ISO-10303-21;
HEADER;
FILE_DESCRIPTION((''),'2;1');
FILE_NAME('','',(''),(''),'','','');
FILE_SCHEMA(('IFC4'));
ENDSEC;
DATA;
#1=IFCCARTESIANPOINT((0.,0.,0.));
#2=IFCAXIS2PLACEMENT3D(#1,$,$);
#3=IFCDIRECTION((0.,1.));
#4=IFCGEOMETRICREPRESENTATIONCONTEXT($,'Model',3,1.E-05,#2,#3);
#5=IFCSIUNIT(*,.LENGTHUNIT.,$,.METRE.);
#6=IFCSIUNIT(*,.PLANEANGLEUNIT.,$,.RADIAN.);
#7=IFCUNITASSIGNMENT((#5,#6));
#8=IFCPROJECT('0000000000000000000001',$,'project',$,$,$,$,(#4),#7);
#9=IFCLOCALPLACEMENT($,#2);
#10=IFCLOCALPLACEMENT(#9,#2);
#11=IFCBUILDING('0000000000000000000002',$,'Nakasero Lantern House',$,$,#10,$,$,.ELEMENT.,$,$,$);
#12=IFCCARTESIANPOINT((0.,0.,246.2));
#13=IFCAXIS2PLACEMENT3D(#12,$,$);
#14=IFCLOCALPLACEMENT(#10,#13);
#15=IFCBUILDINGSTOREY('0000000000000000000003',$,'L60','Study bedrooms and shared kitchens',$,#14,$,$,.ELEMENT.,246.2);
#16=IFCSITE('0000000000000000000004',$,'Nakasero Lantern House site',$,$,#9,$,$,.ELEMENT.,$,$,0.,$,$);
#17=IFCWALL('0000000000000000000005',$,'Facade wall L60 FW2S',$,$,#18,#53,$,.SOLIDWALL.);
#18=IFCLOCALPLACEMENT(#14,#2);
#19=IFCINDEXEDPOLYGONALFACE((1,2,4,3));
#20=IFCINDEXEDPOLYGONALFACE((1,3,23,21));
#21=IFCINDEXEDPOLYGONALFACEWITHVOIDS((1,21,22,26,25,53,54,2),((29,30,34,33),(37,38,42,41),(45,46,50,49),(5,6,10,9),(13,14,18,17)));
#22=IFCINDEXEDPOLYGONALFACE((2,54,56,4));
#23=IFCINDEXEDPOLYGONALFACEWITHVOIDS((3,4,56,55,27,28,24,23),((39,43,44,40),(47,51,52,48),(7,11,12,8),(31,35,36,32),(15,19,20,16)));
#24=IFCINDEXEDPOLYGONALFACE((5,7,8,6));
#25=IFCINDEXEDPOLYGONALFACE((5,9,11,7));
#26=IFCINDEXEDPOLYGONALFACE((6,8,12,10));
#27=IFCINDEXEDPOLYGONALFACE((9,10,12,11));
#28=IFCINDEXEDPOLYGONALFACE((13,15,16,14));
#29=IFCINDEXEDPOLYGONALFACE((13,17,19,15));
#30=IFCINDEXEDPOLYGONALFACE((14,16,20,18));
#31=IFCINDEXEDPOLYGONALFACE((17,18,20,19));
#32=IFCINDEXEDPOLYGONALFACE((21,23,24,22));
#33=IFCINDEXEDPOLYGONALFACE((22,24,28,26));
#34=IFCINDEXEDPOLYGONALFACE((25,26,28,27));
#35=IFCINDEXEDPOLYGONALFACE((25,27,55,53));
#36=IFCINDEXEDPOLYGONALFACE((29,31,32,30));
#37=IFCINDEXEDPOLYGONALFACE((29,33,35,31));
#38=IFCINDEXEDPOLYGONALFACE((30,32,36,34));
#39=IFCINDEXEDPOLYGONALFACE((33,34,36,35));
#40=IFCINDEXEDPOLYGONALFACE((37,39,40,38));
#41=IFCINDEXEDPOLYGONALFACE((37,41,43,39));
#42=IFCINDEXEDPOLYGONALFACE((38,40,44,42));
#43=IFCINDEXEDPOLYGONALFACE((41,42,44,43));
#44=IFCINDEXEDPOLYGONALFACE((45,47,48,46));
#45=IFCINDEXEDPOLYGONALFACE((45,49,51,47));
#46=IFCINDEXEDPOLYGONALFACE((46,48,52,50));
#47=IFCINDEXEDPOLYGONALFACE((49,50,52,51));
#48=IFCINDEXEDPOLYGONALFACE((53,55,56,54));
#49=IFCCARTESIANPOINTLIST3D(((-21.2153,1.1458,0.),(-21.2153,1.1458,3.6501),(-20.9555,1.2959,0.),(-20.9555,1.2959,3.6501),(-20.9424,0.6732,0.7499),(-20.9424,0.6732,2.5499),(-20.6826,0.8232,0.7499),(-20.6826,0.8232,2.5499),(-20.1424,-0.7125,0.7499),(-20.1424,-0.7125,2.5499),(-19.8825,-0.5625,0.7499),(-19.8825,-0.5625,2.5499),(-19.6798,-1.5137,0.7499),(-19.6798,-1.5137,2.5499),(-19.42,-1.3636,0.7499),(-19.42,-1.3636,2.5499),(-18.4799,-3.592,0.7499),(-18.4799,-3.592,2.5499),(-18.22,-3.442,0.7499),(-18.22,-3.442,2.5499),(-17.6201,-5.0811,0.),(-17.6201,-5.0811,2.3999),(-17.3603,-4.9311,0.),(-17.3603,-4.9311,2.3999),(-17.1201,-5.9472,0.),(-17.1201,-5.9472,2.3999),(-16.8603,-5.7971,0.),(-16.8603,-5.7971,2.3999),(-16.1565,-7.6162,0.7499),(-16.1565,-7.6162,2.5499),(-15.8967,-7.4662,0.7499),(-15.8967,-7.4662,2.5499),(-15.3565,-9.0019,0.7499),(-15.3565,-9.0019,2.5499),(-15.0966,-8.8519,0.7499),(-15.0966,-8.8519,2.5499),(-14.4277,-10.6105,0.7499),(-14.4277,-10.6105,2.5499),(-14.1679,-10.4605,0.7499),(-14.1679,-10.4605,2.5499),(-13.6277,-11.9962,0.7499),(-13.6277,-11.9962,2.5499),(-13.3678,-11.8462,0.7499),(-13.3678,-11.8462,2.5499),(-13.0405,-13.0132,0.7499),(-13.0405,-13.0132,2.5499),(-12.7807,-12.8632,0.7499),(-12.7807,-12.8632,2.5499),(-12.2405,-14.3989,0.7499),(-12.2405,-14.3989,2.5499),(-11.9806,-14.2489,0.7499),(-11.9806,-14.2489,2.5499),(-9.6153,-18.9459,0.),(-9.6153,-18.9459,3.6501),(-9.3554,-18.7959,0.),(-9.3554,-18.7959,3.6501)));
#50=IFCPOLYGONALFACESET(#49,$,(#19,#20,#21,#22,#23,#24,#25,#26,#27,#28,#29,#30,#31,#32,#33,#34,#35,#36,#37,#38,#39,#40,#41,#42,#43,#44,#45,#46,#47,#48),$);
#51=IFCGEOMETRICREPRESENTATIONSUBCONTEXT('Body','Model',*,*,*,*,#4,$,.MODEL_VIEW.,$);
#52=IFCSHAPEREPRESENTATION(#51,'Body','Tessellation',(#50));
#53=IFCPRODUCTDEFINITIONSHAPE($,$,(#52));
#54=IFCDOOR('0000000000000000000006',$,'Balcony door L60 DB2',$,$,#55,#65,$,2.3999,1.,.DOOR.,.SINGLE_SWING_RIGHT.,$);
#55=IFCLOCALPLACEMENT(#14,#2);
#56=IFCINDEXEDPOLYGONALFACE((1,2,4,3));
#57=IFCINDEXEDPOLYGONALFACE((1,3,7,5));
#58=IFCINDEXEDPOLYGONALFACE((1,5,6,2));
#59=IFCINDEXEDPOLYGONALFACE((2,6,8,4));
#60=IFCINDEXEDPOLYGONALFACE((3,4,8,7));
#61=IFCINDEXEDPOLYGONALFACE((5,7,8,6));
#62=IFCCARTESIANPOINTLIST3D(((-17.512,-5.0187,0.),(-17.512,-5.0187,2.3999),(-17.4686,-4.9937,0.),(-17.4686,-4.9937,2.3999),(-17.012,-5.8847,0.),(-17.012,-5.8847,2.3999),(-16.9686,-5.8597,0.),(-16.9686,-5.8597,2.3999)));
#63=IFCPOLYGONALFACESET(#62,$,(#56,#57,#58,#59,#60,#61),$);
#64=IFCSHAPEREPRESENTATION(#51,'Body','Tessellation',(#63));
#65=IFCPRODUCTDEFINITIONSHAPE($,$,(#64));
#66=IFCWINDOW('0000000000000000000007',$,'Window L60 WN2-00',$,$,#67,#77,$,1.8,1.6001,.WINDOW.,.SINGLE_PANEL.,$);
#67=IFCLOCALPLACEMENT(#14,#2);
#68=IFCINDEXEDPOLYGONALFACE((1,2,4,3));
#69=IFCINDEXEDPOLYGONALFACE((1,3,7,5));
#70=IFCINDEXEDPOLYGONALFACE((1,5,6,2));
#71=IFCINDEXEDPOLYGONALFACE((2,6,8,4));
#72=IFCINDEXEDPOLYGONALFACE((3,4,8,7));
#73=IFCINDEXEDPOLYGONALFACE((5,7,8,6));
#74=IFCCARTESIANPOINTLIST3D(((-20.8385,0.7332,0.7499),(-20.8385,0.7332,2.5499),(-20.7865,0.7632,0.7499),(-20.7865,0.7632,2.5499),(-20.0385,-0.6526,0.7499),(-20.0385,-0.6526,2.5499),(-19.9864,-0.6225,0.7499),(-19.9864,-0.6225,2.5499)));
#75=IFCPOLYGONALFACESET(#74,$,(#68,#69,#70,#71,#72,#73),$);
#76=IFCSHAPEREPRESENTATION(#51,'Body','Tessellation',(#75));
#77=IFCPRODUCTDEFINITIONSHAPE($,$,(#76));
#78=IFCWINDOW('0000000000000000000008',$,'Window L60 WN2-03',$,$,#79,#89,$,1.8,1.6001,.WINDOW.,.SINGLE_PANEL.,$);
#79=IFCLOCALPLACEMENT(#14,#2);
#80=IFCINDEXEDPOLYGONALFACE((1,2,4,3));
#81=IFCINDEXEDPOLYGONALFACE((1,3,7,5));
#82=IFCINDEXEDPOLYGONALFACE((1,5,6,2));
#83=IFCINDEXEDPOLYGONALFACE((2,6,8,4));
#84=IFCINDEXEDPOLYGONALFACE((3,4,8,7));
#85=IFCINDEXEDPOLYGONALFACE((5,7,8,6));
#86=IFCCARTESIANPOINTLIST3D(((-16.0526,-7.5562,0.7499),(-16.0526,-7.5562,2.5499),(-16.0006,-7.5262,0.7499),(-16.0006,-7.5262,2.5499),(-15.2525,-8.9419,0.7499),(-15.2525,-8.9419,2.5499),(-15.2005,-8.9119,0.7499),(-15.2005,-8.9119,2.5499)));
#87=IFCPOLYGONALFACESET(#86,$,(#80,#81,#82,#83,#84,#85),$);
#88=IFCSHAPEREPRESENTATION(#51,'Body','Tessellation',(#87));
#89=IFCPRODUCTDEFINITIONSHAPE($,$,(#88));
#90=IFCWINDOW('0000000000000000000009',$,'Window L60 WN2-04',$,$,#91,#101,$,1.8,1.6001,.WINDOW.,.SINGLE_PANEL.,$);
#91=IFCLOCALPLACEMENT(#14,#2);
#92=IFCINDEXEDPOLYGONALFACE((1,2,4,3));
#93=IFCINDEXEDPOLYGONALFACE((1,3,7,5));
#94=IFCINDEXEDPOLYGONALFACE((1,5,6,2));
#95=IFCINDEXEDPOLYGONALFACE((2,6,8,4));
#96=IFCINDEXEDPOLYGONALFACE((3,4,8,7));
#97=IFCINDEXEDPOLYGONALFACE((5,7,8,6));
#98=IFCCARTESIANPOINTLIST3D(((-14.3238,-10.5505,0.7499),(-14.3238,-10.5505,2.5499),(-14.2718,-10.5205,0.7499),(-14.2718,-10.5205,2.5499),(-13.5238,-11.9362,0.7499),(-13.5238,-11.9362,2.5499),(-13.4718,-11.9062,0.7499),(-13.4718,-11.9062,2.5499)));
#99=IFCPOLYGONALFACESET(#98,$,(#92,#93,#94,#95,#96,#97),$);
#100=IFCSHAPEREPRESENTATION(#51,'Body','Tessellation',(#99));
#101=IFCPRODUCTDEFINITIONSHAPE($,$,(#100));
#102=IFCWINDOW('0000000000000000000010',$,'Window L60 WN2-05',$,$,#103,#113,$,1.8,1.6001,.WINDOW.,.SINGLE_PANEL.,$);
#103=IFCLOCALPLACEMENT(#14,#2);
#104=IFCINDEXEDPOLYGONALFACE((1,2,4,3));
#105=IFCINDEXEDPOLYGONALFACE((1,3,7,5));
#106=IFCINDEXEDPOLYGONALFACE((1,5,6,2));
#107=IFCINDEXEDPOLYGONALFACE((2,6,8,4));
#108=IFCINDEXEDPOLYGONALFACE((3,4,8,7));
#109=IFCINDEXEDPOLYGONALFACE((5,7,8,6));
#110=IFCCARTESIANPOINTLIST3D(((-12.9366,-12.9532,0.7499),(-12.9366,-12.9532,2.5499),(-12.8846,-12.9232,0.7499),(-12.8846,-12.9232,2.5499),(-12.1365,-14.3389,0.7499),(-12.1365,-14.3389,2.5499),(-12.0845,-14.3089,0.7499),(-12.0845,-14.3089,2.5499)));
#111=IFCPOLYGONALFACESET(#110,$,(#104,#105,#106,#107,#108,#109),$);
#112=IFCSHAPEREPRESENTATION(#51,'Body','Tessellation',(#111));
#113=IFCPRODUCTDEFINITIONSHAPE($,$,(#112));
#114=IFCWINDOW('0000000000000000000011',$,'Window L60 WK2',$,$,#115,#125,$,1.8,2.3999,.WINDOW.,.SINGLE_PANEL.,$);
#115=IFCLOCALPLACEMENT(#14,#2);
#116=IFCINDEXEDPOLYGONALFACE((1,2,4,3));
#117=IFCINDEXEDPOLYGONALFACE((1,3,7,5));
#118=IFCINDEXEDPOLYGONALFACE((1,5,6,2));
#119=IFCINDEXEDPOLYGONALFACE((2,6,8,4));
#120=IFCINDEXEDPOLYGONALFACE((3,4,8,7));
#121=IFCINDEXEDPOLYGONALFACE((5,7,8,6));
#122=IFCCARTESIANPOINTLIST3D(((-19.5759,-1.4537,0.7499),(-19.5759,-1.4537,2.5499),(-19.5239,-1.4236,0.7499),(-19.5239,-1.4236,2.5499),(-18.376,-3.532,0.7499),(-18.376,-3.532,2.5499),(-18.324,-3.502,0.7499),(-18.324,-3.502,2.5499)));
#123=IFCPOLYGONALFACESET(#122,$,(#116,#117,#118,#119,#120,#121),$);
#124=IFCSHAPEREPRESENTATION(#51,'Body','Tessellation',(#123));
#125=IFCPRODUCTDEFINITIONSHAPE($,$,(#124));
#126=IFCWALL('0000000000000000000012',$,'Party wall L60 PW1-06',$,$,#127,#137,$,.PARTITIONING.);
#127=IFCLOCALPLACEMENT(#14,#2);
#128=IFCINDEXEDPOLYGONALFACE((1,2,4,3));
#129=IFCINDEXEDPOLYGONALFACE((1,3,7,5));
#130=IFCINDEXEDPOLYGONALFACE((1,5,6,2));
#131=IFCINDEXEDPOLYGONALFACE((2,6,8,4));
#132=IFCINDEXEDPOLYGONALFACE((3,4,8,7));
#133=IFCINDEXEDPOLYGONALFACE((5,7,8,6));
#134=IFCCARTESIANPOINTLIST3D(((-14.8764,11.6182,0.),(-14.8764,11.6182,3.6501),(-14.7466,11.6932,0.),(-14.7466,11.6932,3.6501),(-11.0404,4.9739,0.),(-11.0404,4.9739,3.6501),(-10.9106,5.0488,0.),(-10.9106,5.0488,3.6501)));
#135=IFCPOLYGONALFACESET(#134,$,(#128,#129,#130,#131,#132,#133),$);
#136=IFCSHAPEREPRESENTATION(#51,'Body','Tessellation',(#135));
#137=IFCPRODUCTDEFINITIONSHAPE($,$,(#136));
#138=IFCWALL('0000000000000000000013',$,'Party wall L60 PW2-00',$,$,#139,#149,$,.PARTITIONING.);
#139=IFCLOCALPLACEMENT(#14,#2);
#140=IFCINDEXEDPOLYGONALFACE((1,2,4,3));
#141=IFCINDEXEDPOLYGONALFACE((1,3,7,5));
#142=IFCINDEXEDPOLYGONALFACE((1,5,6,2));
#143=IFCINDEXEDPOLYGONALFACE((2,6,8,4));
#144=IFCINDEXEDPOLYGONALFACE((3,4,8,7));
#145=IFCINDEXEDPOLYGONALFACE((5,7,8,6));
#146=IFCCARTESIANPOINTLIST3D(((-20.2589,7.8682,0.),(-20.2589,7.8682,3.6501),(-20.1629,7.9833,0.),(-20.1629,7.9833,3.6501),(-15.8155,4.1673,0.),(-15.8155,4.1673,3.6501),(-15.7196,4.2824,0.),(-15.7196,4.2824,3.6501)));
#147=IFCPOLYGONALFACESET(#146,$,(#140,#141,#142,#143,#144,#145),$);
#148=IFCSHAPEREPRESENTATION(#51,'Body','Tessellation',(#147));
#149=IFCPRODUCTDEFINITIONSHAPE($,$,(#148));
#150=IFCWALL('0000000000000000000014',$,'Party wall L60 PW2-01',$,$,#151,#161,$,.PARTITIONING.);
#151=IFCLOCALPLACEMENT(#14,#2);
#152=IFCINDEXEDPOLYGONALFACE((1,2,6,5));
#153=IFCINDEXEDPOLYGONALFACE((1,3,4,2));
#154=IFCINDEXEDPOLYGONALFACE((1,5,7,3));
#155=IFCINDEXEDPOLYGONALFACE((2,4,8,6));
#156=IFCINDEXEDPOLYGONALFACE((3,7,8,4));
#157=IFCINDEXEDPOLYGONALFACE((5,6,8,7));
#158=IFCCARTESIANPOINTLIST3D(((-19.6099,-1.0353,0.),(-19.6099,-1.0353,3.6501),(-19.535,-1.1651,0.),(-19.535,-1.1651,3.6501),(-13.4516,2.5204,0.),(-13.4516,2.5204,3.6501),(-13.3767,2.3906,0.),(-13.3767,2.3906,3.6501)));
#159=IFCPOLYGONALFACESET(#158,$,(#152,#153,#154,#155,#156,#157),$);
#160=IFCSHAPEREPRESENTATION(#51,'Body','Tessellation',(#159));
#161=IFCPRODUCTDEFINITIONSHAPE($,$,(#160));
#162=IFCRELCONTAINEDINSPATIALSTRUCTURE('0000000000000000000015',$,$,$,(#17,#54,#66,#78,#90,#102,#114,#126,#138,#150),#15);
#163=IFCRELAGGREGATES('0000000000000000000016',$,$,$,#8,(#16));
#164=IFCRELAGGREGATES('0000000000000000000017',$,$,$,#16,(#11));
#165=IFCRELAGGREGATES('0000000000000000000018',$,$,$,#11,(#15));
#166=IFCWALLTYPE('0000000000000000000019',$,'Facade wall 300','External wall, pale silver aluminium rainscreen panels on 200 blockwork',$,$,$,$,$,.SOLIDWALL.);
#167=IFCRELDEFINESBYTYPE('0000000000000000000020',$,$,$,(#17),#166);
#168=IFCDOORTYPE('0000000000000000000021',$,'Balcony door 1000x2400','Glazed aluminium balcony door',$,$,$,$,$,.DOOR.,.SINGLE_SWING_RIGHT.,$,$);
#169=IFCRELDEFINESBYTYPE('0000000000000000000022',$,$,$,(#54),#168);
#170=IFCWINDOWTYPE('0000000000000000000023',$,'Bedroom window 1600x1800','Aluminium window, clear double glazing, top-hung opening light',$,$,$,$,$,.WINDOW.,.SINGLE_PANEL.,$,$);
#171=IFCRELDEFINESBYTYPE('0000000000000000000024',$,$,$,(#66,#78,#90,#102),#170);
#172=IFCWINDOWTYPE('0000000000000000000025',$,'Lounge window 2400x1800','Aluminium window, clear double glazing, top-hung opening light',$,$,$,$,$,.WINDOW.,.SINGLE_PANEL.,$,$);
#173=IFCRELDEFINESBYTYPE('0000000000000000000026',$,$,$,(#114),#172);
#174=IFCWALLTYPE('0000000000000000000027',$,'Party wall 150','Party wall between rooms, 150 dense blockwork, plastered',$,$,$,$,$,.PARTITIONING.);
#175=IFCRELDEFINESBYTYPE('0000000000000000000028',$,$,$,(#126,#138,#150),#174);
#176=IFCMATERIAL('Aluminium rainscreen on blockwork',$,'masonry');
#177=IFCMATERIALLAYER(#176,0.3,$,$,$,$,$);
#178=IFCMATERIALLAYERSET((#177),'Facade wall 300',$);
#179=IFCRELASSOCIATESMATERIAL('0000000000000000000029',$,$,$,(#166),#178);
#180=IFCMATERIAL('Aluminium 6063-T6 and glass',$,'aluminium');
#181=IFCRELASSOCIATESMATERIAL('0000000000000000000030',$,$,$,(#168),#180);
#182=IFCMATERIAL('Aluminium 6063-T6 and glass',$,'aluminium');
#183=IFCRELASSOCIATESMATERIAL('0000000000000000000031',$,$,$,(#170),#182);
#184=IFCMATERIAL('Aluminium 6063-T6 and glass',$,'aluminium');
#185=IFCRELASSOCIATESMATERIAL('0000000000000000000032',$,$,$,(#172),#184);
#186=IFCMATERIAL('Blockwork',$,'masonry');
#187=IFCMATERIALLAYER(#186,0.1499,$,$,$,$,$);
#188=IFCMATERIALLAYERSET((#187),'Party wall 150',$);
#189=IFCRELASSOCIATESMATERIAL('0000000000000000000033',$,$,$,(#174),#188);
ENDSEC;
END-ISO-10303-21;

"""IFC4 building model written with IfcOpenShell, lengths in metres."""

from ifc_helpers import new_model, si_unit, direction, frame, frame_2d, origin, place, context, subcontext, project, spatial, rectangle, extrude, material, layer, layer_set, type_object, element, fill, save


model = new_model("IFC4")

# Units and contexts
model_context = context("Model", 3, precision=1e-05, world=origin(), true_north=direction((0.0, 1.0)))
body_context = subcontext(model_context, "Body", "Model", "MODEL_VIEW")
ifc_project = project(units=[si_unit("LENGTHUNIT", "METRE"), si_unit("PLANEANGLEUNIT", "RADIAN")], contexts=[model_context])

# Site, building, storey
site_placement = place(None, origin())
site = spatial("IfcSite", under=ifc_project, at=site_placement, Name="Nakasero Lantern House site", CompositionType="ELEMENT", RefElevation=0.0)
building_placement = place(site_placement, origin())
building = spatial("IfcBuilding", under=site, at=building_placement, Name="Nakasero Lantern House", CompositionType="ELEMENT")
storey_placement = place(building_placement, frame((0.0, 0.0, 246.2)))
storey = spatial("IfcBuildingStorey", under=building, at=storey_placement, Name="L60", Description="Study bedrooms and shared kitchens", CompositionType="ELEMENT", Elevation=246.2)

# Shared definitions
ifc_material_1 = material(Name="Aluminium rainscreen on blockwork", Category="masonry")
ifc_layer_1 = layer(ifc_material_1, 0.3)
ifc_layer_set_1 = layer_set([ifc_layer_1], Name="Facade wall 300")
wall_type_1 = type_object("IfcWallType", Name="Facade wall 300", Description="External wall, pale silver aluminium rainscreen panels on 200 blockwork", PredefinedType="SOLIDWALL", material=ifc_layer_set_1)

# Wall, openings, door, windows
wall_1_placement = place(storey_placement, frame((-21.0854, 1.2209, 0.0), z_axis=(0.0, 0.0, 1.0), x_axis=(0.500003, -0.866024, 0.0)))
wall_1 = element("IfcWall", 1, at=wall_1_placement, inside=storey, type_object=wall_type_1, Name="Facade wall L60 FW2S", PredefinedType="SOLIDWALL", context=body_context, shape_type="SweptSolid", body=[
    extrude(rectangle(XDim=23.2, YDim=0.3, at=frame_2d((11.6001, 0.0))), origin(), (0.0, 0.0, 1.0), 3.6501),
])
opening_1_placement = place(wall_1_placement, frame((0.5459, 0.0, 0.75)))
opening_1 = element("IfcOpeningElement", 2, at=opening_1_placement, cuts=wall_1, PredefinedType="OPENING", context=body_context, shape_type="SweptSolid", body=[
    extrude(rectangle(XDim=1.6001, YDim=1.8, at=frame_2d((0.8, 0.8999))), frame((0.0, 0.1699, 0.0), z_axis=(0.0, -1.0, 0.0), x_axis=(1.0, 0.0, 0.0)), (0.0, 0.0, 1.0), 0.3401),
])
opening_2_placement = place(wall_1_placement, frame((10.1177, 0.0, 0.75)))
opening_2 = element("IfcOpeningElement", 3, at=opening_2_placement, cuts=wall_1, PredefinedType="OPENING", context=body_context, shape_type="SweptSolid", body=[
    extrude(rectangle(XDim=1.6001, YDim=1.8, at=frame_2d((0.8, 0.8999))), frame((0.0, 0.1699, 0.0), z_axis=(0.0, -1.0, 0.0), x_axis=(1.0, 0.0, 0.0)), (0.0, 0.0, 1.0), 0.3401),
])
opening_3_placement = place(wall_1_placement, frame((13.5752, 0.0, 0.75)))
opening_3 = element("IfcOpeningElement", 4, at=opening_3_placement, cuts=wall_1, PredefinedType="OPENING", context=body_context, shape_type="SweptSolid", body=[
    extrude(rectangle(XDim=1.6001, YDim=1.8, at=frame_2d((0.8, 0.8999))), frame((0.0, 0.1699, 0.0), z_axis=(0.0, -1.0, 0.0), x_axis=(1.0, 0.0, 0.0)), (0.0, 0.0, 1.0), 0.3401),
])
opening_4_placement = place(wall_1_placement, frame((16.3496, 0.0, 0.75)))
opening_4 = element("IfcOpeningElement", 5, at=opening_4_placement, cuts=wall_1, PredefinedType="OPENING", context=body_context, shape_type="SweptSolid", body=[
    extrude(rectangle(XDim=1.6001, YDim=1.8, at=frame_2d((0.8, 0.8999))), frame((0.0, 0.1699, 0.0), z_axis=(0.0, -1.0, 0.0), x_axis=(1.0, 0.0, 0.0)), (0.0, 0.0, 1.0), 0.3401),
])
opening_5_placement = place(wall_1_placement, frame((3.071, 0.0, 0.75)))
opening_5 = element("IfcOpeningElement", 6, at=opening_5_placement, cuts=wall_1, PredefinedType="OPENING", context=body_context, shape_type="SweptSolid", body=[
    extrude(rectangle(XDim=2.3999, YDim=1.8, at=frame_2d((1.2, 0.8999))), frame((0.0, 0.1699, 0.0), z_axis=(0.0, -1.0, 0.0), x_axis=(1.0, 0.0, 0.0)), (0.0, 0.0, 1.0), 0.3401),
])
opening_6_placement = place(wall_1_placement, frame((7.1904, 0.0, 0.0)))
opening_6 = element("IfcOpeningElement", 7, at=opening_6_placement, cuts=wall_1, PredefinedType="OPENING", context=body_context, shape_type="SweptSolid", body=[
    extrude(rectangle(XDim=1.0, YDim=2.3999, at=frame_2d((0.5, 1.2))), frame((0.0, 0.1699, 0.0), z_axis=(0.0, -1.0, 0.0), x_axis=(1.0, 0.0, 0.0)), (0.0, 0.0, 1.0), 0.3401),
])
ifc_material_2 = material(Name="Aluminium 6063-T6 and glass", Category="aluminium")
door_type_1 = type_object("IfcDoorType", Name="Balcony door 1000x2400", Description="Glazed aluminium balcony door", OperationType="SINGLE_SWING_RIGHT", PredefinedType="DOOR", material=ifc_material_2)
door_1_placement = place(opening_6_placement, origin())
door_1 = element("IfcDoor", 8, at=door_1_placement, inside=storey, type_object=door_type_1, Name="Balcony door L60 DB2", OperationType="SINGLE_SWING_RIGHT", OverallHeight=2.3999, OverallWidth=1.0, PredefinedType="DOOR", context=body_context, shape_type="SweptSolid", body=[
    extrude(rectangle(XDim=1.0, YDim=2.3999, at=frame_2d((0.5, 1.2))), frame((0.0, 0.0249, 0.0), z_axis=(0.0, -1.0, 0.0), x_axis=(1.0, 0.0, 0.0)), (0.0, 0.0, 1.0), 0.05),
])
fill(opening_6, door_1)
ifc_material_3 = material(Name="Aluminium 6063-T6 and glass", Category="aluminium")
window_type_1 = type_object("IfcWindowType", Name="Bedroom window 1600x1800", Description="Aluminium window, clear double glazing, top-hung opening light", PartitioningType="SINGLE_PANEL", PredefinedType="WINDOW", material=ifc_material_3)
window_1_placement = place(opening_1_placement, origin())
window_1 = element("IfcWindow", 9, at=window_1_placement, inside=storey, type_object=window_type_1, Name="Window L60 WN2-00", OverallHeight=1.8, OverallWidth=1.6001, PartitioningType="SINGLE_PANEL", PredefinedType="WINDOW", context=body_context, shape_type="SweptSolid", body=[
    extrude(rectangle(XDim=1.6001, YDim=1.8, at=frame_2d((0.8, 0.8999))), frame((0.0, 0.03, 0.0), z_axis=(0.0, -1.0, 0.0), x_axis=(1.0, 0.0, 0.0)), (0.0, 0.0, 1.0), 0.0601),
])
fill(opening_1, window_1)
window_2_placement = place(opening_2_placement, origin())
window_2 = element("IfcWindow", 10, at=window_2_placement, inside=storey, type_object=window_type_1, Name="Window L60 WN2-03", OverallHeight=1.8, OverallWidth=1.6001, PartitioningType="SINGLE_PANEL", PredefinedType="WINDOW", context=body_context, shape_type="SweptSolid", body=[
    extrude(rectangle(XDim=1.6001, YDim=1.8, at=frame_2d((0.8, 0.8999))), frame((0.0, 0.03, 0.0), z_axis=(0.0, -1.0, 0.0), x_axis=(1.0, 0.0, 0.0)), (0.0, 0.0, 1.0), 0.0601),
])
fill(opening_2, window_2)
window_3_placement = place(opening_3_placement, origin())
window_3 = element("IfcWindow", 11, at=window_3_placement, inside=storey, type_object=window_type_1, Name="Window L60 WN2-04", OverallHeight=1.8, OverallWidth=1.6001, PartitioningType="SINGLE_PANEL", PredefinedType="WINDOW", context=body_context, shape_type="SweptSolid", body=[
    extrude(rectangle(XDim=1.6001, YDim=1.8, at=frame_2d((0.8, 0.8999))), frame((0.0, 0.03, 0.0), z_axis=(0.0, -1.0, 0.0), x_axis=(1.0, 0.0, 0.0)), (0.0, 0.0, 1.0), 0.0601),
])
fill(opening_3, window_3)
window_4_placement = place(opening_4_placement, origin())
window_4 = element("IfcWindow", 12, at=window_4_placement, inside=storey, type_object=window_type_1, Name="Window L60 WN2-05", OverallHeight=1.8, OverallWidth=1.6001, PartitioningType="SINGLE_PANEL", PredefinedType="WINDOW", context=body_context, shape_type="SweptSolid", body=[
    extrude(rectangle(XDim=1.6001, YDim=1.8, at=frame_2d((0.8, 0.8999))), frame((0.0, 0.03, 0.0), z_axis=(0.0, -1.0, 0.0), x_axis=(1.0, 0.0, 0.0)), (0.0, 0.0, 1.0), 0.0601),
])
fill(opening_4, window_4)
ifc_material_4 = material(Name="Aluminium 6063-T6 and glass", Category="aluminium")
window_type_2 = type_object("IfcWindowType", Name="Lounge window 2400x1800", Description="Aluminium window, clear double glazing, top-hung opening light", PartitioningType="SINGLE_PANEL", PredefinedType="WINDOW", material=ifc_material_4)
window_5_placement = place(opening_5_placement, origin())
window_5 = element("IfcWindow", 13, at=window_5_placement, inside=storey, type_object=window_type_2, Name="Window L60 WK2", OverallHeight=1.8, OverallWidth=2.3999, PartitioningType="SINGLE_PANEL", PredefinedType="WINDOW", context=body_context, shape_type="SweptSolid", body=[
    extrude(rectangle(XDim=2.3999, YDim=1.8, at=frame_2d((1.2, 0.8999))), frame((0.0, 0.03, 0.0), z_axis=(0.0, -1.0, 0.0), x_axis=(1.0, 0.0, 0.0)), (0.0, 0.0, 1.0), 0.0601),
])
fill(opening_5, window_5)

# Walls
ifc_material_5 = material(Name="Blockwork", Category="masonry")
ifc_layer_2 = layer(ifc_material_5, 0.1499)
ifc_layer_set_2 = layer_set([ifc_layer_2], Name="Party wall 150")
wall_type_2 = type_object("IfcWallType", Name="Party wall 150", Description="Party wall between rooms, 150 dense blockwork, plastered", PredefinedType="PARTITIONING", material=ifc_layer_set_2)
wall_2_placement = place(storey_placement, frame((-10.9756, 5.0115, 0.0), z_axis=(0.0, 0.0, 1.0), x_axis=(-0.499986, 0.866034, 0.0)))
element("IfcWall", 14, at=wall_2_placement, inside=storey, type_object=wall_type_2, Name="Party wall L60 PW1-06", PredefinedType="PARTITIONING", context=body_context, shape_type="SweptSolid", body=[
    extrude(rectangle(XDim=7.6721, YDim=0.1499, at=frame_2d((3.8359, 0.0))), origin(), (0.0, 0.0, 1.0), 3.6501),
])
wall_3_placement = place(storey_placement, frame((-15.7676, 4.2249, 0.0), z_axis=(0.0, 0.0, 1.0), x_axis=(-0.76838, 0.639993, 0.0)))
element("IfcWall", 15, at=wall_3_placement, inside=storey, type_object=wall_type_2, Name="Party wall L60 PW2-00", PredefinedType="PARTITIONING", context=body_context, shape_type="SweptSolid", body=[
    extrude(rectangle(XDim=5.7827, YDim=0.1499, at=frame_2d((2.8914, 0.0))), origin(), (0.0, 0.0, 1.0), 3.6501),
])
wall_4_placement = place(storey_placement, frame((-13.4141, 2.4556, 0.0), z_axis=(0.0, 0.0, 1.0), x_axis=(-0.866012, -0.500024, 0.0)))
element("IfcWall", 16, at=wall_4_placement, inside=storey, type_object=wall_type_2, Name="Party wall L60 PW2-01", PredefinedType="PARTITIONING", context=body_context, shape_type="SweptSolid", body=[
    extrude(rectangle(XDim=7.1111, YDim=0.1499, at=frame_2d((3.5557, 0.0))), origin(), (0.0, 0.0, 1.0), 3.6501),
])

save(model, "model.ifc")
